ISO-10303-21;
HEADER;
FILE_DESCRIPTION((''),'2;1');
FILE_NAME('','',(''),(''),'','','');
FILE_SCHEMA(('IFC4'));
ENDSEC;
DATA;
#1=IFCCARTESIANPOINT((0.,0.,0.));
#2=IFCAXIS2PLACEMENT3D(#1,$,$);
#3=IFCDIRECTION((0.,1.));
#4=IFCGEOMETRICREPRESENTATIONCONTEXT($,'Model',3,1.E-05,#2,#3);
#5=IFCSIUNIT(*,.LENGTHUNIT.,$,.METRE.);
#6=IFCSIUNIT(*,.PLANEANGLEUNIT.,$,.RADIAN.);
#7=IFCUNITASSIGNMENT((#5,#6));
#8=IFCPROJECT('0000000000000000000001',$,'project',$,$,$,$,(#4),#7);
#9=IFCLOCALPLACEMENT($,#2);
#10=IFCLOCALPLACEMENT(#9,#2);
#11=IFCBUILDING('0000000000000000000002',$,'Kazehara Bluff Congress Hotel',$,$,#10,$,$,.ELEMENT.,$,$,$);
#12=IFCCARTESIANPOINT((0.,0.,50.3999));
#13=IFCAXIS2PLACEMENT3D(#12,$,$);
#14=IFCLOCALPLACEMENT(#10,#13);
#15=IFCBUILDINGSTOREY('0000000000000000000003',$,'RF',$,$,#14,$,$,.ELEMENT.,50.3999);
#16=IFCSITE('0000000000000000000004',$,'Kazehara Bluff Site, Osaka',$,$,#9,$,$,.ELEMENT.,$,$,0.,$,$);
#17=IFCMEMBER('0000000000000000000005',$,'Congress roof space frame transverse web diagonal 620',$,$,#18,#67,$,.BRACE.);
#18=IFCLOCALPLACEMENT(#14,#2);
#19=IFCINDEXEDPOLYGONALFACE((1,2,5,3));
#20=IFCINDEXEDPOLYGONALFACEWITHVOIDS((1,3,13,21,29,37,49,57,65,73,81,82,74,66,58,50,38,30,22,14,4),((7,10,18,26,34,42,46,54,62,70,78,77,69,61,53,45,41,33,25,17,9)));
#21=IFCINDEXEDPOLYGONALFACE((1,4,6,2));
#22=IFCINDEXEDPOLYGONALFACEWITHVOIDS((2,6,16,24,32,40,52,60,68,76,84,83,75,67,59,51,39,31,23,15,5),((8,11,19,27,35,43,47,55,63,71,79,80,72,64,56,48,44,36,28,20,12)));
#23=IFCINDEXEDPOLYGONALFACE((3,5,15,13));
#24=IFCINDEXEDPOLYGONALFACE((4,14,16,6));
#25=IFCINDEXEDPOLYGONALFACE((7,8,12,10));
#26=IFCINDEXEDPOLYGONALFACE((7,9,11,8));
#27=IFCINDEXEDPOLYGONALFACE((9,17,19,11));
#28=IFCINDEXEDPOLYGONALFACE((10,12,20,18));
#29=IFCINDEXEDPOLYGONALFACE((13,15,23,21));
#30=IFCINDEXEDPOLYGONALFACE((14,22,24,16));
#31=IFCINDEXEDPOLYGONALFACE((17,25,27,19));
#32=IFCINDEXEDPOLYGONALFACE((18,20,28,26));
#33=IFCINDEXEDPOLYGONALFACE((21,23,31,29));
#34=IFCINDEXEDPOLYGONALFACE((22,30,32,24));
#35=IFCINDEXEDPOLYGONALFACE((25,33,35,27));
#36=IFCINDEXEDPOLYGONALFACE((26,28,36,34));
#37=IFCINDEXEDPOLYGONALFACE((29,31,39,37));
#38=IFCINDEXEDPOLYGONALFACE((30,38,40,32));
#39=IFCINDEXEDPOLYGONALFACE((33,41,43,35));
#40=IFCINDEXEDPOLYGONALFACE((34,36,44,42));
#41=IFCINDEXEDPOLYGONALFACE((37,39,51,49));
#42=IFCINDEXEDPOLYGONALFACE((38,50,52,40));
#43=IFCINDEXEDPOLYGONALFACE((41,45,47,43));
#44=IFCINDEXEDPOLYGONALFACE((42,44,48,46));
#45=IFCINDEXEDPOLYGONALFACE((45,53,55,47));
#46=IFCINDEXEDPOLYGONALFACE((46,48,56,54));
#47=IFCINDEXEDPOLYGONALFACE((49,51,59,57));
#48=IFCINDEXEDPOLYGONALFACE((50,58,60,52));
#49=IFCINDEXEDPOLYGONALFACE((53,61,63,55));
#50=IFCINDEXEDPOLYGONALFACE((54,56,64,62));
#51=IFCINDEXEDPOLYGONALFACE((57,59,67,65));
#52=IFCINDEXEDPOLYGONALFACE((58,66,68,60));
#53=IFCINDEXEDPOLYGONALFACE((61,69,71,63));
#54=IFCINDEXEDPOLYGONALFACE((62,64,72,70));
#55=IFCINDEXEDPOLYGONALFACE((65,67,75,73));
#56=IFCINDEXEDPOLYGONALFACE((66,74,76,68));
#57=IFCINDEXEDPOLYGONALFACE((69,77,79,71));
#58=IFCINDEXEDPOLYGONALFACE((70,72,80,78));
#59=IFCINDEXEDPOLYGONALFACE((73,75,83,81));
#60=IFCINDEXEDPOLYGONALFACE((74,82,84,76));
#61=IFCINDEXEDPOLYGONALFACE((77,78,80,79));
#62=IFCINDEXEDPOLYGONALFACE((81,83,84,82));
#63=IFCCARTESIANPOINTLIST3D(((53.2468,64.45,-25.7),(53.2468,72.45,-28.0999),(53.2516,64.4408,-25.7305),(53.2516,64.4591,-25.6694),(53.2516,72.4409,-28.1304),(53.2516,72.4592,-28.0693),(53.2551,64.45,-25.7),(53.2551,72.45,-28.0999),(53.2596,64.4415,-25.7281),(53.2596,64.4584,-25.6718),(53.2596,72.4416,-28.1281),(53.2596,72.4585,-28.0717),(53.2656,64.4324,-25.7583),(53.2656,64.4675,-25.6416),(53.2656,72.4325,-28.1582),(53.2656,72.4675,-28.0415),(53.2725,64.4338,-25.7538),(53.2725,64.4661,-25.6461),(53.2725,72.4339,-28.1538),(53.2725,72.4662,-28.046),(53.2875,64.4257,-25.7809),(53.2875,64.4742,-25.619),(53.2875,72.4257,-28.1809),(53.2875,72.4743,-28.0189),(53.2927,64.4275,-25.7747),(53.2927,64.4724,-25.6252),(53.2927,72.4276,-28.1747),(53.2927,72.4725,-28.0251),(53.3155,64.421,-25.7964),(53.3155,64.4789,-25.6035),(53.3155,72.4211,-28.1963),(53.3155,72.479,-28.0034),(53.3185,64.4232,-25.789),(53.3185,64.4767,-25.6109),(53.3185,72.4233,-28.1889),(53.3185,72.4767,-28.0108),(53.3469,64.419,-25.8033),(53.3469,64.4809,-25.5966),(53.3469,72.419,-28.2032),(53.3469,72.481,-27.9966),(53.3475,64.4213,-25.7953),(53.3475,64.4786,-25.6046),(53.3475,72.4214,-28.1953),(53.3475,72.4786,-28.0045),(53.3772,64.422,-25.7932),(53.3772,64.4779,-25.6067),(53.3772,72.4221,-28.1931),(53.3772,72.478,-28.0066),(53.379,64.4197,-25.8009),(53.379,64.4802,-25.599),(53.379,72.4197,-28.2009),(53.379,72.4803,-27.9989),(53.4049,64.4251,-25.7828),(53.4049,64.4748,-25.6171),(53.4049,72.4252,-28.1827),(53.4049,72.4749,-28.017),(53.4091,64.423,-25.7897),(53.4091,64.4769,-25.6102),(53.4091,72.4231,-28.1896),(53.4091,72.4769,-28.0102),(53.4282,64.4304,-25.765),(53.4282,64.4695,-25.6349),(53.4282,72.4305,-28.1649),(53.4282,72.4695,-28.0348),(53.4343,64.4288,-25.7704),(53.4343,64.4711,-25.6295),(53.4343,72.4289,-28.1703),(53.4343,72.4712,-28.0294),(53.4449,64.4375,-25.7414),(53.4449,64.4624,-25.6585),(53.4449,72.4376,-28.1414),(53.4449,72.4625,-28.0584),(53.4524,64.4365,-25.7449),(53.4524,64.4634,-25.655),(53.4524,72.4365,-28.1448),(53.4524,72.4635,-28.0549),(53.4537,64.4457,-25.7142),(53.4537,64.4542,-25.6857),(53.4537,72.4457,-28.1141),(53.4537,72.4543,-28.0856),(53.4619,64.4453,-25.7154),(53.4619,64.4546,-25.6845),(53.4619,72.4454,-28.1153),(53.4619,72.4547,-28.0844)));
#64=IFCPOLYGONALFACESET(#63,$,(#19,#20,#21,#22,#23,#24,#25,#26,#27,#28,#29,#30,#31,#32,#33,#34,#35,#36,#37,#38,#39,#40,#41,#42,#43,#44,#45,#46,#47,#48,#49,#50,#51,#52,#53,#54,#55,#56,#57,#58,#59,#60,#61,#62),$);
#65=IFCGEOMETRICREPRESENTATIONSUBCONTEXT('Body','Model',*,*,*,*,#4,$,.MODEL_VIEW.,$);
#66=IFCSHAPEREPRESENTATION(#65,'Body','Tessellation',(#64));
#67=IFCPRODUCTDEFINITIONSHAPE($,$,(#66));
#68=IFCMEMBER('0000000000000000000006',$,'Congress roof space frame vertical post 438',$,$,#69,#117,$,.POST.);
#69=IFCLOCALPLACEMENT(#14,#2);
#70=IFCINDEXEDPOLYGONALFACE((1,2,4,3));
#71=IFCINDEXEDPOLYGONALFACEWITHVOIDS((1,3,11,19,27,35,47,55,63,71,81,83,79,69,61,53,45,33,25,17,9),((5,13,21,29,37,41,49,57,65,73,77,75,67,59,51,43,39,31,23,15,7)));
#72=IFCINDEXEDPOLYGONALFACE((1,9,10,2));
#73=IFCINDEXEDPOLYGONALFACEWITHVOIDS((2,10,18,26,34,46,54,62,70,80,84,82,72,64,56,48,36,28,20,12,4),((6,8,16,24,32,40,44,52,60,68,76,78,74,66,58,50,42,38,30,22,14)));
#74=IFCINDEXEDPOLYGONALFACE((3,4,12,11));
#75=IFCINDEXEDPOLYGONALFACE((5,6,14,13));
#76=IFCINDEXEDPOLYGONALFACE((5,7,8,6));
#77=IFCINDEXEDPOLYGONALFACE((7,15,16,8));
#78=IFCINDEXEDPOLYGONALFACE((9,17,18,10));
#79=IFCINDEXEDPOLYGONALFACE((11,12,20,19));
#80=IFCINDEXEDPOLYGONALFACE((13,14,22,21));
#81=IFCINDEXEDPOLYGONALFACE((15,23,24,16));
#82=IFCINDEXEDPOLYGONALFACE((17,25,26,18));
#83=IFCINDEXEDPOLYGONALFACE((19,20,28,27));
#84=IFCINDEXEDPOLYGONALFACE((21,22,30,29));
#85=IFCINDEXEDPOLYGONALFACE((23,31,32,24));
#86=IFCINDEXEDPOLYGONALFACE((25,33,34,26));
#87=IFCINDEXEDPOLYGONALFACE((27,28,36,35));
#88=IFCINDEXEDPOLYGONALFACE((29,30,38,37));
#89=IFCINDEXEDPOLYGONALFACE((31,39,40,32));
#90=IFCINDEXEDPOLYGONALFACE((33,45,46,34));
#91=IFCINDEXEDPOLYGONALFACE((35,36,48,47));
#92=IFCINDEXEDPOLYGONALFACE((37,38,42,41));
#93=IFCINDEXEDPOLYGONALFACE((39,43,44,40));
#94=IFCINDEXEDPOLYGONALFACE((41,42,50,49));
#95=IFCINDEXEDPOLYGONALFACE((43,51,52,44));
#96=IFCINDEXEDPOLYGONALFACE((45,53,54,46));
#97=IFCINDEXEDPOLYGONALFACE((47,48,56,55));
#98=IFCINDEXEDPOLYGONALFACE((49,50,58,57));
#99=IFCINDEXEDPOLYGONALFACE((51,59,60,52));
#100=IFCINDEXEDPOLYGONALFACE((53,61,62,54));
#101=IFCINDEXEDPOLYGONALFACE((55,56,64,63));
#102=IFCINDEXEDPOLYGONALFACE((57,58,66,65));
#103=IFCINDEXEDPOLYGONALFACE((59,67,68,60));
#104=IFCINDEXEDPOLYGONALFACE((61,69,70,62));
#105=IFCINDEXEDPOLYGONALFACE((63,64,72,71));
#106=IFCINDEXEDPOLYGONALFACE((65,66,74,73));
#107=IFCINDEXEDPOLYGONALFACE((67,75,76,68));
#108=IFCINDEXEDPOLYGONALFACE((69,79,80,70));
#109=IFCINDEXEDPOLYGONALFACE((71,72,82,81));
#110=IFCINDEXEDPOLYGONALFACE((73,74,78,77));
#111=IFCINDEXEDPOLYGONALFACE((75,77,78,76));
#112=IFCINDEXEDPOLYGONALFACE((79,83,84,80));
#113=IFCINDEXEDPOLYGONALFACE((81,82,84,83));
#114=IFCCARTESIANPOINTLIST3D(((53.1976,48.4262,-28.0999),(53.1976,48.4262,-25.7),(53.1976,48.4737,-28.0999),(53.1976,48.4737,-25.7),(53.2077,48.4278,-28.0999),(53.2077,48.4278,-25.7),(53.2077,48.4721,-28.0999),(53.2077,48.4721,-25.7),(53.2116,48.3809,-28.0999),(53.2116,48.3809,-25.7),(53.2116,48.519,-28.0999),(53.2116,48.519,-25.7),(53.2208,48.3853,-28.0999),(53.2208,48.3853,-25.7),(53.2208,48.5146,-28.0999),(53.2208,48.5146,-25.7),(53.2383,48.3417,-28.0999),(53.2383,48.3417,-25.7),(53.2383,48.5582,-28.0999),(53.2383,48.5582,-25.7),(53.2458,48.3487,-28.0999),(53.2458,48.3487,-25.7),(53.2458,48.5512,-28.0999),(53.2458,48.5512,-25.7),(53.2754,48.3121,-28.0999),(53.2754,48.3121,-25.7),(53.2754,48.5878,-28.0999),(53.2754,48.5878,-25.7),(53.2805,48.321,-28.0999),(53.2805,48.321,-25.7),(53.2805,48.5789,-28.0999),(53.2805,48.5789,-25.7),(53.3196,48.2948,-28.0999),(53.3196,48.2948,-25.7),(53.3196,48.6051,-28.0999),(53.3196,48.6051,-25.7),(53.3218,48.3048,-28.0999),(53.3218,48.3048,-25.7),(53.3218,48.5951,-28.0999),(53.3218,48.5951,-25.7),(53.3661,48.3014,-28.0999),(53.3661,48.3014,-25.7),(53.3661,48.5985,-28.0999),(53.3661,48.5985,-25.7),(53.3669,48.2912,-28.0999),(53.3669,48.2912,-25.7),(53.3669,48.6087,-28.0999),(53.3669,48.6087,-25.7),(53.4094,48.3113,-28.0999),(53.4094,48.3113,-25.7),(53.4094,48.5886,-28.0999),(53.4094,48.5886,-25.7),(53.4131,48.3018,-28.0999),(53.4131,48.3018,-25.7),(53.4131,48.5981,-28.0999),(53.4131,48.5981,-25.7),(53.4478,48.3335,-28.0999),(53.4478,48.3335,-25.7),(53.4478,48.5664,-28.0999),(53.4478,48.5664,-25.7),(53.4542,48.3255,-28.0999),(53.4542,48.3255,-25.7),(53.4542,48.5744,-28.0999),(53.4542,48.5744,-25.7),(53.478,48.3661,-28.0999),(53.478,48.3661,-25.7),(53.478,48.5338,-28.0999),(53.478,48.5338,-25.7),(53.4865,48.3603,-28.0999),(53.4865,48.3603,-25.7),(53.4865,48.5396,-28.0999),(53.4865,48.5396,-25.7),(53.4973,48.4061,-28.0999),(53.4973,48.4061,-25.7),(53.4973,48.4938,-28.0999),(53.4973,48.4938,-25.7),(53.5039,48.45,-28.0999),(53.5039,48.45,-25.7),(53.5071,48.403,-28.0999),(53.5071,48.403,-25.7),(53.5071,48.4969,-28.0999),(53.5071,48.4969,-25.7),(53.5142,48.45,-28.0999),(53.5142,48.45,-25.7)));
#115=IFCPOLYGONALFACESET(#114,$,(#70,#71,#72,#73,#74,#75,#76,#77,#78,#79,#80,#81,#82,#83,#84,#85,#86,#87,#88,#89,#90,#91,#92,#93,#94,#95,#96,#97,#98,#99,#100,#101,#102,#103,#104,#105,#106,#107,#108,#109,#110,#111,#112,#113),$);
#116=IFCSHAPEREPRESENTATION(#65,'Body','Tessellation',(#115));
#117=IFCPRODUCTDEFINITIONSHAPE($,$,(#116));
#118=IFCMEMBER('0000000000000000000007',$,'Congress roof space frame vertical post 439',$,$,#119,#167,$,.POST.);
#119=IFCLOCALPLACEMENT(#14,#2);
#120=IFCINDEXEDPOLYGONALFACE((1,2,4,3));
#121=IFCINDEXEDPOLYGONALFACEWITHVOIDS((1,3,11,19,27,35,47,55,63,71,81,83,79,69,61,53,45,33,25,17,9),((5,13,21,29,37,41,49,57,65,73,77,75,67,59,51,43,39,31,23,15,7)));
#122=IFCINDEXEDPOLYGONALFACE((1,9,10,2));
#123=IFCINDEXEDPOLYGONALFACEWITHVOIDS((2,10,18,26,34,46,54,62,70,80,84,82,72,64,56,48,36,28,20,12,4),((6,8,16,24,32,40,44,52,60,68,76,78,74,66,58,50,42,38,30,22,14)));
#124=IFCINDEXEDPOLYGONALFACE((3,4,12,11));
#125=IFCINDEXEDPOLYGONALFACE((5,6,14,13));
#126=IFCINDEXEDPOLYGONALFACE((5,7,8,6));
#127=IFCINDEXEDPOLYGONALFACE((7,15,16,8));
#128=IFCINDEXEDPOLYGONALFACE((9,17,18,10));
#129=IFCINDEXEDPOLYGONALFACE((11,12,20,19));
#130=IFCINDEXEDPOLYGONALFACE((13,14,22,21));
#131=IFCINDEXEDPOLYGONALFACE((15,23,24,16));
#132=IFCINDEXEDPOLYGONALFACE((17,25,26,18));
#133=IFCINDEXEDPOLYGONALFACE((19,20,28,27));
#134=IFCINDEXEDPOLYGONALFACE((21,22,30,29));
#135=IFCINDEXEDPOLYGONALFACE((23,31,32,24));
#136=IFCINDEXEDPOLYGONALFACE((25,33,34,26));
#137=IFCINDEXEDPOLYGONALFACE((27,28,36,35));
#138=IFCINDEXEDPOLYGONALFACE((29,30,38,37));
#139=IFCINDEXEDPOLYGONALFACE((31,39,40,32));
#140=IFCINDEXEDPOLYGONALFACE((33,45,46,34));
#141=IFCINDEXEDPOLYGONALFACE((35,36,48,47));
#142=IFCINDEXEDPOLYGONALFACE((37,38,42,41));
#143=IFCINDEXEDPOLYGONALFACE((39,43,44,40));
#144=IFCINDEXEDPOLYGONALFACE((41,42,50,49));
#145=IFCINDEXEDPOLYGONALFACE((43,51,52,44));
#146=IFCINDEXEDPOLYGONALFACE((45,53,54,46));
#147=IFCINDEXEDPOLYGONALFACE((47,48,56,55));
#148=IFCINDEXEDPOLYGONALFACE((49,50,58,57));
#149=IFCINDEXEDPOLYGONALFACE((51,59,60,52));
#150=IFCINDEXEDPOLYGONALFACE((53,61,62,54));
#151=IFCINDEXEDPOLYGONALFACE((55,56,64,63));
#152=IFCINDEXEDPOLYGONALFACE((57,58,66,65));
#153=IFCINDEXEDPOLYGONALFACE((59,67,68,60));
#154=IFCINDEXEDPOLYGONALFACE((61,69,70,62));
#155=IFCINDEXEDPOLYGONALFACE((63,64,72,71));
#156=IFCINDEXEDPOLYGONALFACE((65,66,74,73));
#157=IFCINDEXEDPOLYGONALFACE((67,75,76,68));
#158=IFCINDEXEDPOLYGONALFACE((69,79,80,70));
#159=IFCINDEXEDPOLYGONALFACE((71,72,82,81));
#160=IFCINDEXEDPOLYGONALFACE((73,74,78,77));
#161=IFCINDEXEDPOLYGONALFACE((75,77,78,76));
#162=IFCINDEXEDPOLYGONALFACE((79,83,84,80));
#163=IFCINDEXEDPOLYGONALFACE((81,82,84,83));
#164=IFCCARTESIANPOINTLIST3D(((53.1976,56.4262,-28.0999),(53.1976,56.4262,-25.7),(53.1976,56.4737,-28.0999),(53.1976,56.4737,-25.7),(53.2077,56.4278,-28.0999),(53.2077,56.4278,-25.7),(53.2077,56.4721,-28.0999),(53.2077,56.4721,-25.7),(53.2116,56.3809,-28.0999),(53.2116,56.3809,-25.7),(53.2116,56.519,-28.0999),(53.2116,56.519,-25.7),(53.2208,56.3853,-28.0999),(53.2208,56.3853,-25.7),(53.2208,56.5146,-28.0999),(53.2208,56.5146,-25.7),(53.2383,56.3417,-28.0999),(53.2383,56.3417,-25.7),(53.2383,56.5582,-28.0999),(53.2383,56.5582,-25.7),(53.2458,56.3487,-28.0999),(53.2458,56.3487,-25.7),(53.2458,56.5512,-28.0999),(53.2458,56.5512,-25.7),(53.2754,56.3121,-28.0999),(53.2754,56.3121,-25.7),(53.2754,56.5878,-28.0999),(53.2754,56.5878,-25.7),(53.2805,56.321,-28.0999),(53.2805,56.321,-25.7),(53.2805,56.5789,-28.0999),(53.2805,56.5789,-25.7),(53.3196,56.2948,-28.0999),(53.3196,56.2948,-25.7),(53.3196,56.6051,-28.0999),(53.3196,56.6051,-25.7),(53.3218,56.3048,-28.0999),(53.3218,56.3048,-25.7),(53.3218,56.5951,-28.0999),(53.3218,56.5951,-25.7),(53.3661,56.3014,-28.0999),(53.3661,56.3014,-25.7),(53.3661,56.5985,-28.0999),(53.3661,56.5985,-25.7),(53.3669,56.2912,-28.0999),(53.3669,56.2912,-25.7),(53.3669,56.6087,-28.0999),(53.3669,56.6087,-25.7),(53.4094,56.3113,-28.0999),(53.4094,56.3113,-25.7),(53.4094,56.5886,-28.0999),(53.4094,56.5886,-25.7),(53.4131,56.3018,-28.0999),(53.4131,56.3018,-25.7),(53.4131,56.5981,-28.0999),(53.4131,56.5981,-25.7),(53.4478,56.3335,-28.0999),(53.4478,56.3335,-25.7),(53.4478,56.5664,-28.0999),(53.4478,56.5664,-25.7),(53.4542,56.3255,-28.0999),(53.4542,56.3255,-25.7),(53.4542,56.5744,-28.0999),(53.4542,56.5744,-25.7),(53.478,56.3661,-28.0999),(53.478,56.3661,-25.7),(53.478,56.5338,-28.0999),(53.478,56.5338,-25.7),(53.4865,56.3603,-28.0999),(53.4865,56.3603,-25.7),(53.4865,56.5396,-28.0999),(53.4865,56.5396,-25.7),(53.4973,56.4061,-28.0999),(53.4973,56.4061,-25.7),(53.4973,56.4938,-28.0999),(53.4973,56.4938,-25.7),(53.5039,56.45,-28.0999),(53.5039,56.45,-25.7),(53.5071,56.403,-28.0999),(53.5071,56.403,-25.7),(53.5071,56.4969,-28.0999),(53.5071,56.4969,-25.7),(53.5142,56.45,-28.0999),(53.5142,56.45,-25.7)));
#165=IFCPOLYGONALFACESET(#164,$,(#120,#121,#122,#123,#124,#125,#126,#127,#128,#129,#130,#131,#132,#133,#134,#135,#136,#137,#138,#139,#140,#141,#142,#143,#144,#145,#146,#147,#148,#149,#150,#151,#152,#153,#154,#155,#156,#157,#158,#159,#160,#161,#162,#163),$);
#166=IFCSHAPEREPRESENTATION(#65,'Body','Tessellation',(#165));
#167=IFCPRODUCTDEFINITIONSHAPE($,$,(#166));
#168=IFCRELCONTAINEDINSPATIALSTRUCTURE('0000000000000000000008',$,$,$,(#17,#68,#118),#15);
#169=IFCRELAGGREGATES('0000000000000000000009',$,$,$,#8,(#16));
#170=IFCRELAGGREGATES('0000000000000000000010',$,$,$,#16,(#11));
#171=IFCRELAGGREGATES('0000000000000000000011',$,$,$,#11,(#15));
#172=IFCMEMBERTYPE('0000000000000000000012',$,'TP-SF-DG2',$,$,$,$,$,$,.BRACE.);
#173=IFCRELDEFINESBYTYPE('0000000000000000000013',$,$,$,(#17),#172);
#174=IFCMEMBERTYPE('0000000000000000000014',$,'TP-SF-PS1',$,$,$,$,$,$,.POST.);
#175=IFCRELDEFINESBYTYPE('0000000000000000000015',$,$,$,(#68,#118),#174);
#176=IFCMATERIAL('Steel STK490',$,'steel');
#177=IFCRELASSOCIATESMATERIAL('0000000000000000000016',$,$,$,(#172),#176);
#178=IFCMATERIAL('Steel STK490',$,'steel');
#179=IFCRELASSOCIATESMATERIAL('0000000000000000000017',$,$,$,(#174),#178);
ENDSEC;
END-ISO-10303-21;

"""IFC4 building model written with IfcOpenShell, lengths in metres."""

from ifc_helpers import new_model, si_unit, direction, frame, origin, origin_2d, place, context, subcontext, project, spatial, hollow_circle, extrude, material, material_profile, profile_set, type_object, element, save


model = new_model("IFC4")

# Units and contexts
model_context = context("Model", 3, precision=1e-05, world=origin(), true_north=direction((0.0, 1.0)))
body_context = subcontext(model_context, "Body", "Model", "MODEL_VIEW")
ifc_project = project(units=[si_unit("LENGTHUNIT", "METRE"), si_unit("PLANEANGLEUNIT", "RADIAN")], contexts=[model_context])

# Site, building, storey
site_placement = place(None, origin())
site = spatial("IfcSite", under=ifc_project, at=site_placement, Name="Kazehara Bluff Site, Osaka", CompositionType="ELEMENT", RefElevation=0.0)
building_placement = place(site_placement, origin())
building = spatial("IfcBuilding", under=site, at=building_placement, Name="Kazehara Bluff Congress Hotel", CompositionType="ELEMENT")
storey_placement = place(building_placement, frame((0.0, 0.0, 50.3999)))
storey = spatial("IfcBuildingStorey", under=building, at=storey_placement, Name="RF", CompositionType="ELEMENT", Elevation=50.3999)

# Members
ifc_material_1 = material(Name="Steel STK490", Category="steel")
ifc_material_profile_1 = material_profile(ifc_material_1, hollow_circle(Radius=0.1082, WallThickness=0.0083, at=origin_2d()))
ifc_profile_set_1 = profile_set([ifc_material_profile_1], Name="Steel STK490")
member_type_1 = type_object("IfcMemberType", Name="TP-SF-DG2", PredefinedType="BRACE", material=ifc_profile_set_1)
for number, where, z_axis, x_axis, name in (
    (1, (53.355, 64.45, -25.7), (0.0, 0.95783, -0.287337), (-1.0, 0.0, 0.0), "Congress roof space frame transverse web diagonal 620"),
):
    element("IfcMember", number, at=place(storey_placement, frame(where, z_axis=z_axis, x_axis=x_axis)), inside=storey, type_object=member_type_1, Name=name, PredefinedType="BRACE", context=body_context, shape_type="SweptSolid", body=[
        extrude(hollow_circle(Radius=0.1082, WallThickness=0.0083, at=origin_2d()), origin(), (0.0, 0.0, 1.0), 8.3523),
    ])
ifc_material_2 = material(Name="Steel STK490", Category="steel")
ifc_material_profile_2 = material_profile(ifc_material_2, hollow_circle(Radius=0.1592, WallThickness=0.0103, at=origin_2d()))
ifc_profile_set_2 = profile_set([ifc_material_profile_2], Name="Steel STK490")
member_type_2 = type_object("IfcMemberType", Name="TP-SF-PS1", PredefinedType="POST", material=ifc_profile_set_2)
for number, where, z_axis, x_axis, name in (
    (2, (53.355, 48.45, -28.0999), (0.0, 0.0, 1.0), (1.0, 0.0, 0.0), "Congress roof space frame vertical post 438"),
    (3, (53.355, 56.45, -28.0999), (0.0, 0.0, 1.0), (1.0, 0.0, 0.0), "Congress roof space frame vertical post 439"),
):
    element("IfcMember", number, at=place(storey_placement, frame(where, z_axis=z_axis, x_axis=x_axis)), inside=storey, type_object=member_type_2, Name=name, PredefinedType="POST", context=body_context, shape_type="SweptSolid", body=[
        extrude(hollow_circle(Radius=0.1592, WallThickness=0.0103, at=origin_2d()), origin(), (0.0, 0.0, 1.0), 2.3999),
    ])

save(model, "model.ifc")
